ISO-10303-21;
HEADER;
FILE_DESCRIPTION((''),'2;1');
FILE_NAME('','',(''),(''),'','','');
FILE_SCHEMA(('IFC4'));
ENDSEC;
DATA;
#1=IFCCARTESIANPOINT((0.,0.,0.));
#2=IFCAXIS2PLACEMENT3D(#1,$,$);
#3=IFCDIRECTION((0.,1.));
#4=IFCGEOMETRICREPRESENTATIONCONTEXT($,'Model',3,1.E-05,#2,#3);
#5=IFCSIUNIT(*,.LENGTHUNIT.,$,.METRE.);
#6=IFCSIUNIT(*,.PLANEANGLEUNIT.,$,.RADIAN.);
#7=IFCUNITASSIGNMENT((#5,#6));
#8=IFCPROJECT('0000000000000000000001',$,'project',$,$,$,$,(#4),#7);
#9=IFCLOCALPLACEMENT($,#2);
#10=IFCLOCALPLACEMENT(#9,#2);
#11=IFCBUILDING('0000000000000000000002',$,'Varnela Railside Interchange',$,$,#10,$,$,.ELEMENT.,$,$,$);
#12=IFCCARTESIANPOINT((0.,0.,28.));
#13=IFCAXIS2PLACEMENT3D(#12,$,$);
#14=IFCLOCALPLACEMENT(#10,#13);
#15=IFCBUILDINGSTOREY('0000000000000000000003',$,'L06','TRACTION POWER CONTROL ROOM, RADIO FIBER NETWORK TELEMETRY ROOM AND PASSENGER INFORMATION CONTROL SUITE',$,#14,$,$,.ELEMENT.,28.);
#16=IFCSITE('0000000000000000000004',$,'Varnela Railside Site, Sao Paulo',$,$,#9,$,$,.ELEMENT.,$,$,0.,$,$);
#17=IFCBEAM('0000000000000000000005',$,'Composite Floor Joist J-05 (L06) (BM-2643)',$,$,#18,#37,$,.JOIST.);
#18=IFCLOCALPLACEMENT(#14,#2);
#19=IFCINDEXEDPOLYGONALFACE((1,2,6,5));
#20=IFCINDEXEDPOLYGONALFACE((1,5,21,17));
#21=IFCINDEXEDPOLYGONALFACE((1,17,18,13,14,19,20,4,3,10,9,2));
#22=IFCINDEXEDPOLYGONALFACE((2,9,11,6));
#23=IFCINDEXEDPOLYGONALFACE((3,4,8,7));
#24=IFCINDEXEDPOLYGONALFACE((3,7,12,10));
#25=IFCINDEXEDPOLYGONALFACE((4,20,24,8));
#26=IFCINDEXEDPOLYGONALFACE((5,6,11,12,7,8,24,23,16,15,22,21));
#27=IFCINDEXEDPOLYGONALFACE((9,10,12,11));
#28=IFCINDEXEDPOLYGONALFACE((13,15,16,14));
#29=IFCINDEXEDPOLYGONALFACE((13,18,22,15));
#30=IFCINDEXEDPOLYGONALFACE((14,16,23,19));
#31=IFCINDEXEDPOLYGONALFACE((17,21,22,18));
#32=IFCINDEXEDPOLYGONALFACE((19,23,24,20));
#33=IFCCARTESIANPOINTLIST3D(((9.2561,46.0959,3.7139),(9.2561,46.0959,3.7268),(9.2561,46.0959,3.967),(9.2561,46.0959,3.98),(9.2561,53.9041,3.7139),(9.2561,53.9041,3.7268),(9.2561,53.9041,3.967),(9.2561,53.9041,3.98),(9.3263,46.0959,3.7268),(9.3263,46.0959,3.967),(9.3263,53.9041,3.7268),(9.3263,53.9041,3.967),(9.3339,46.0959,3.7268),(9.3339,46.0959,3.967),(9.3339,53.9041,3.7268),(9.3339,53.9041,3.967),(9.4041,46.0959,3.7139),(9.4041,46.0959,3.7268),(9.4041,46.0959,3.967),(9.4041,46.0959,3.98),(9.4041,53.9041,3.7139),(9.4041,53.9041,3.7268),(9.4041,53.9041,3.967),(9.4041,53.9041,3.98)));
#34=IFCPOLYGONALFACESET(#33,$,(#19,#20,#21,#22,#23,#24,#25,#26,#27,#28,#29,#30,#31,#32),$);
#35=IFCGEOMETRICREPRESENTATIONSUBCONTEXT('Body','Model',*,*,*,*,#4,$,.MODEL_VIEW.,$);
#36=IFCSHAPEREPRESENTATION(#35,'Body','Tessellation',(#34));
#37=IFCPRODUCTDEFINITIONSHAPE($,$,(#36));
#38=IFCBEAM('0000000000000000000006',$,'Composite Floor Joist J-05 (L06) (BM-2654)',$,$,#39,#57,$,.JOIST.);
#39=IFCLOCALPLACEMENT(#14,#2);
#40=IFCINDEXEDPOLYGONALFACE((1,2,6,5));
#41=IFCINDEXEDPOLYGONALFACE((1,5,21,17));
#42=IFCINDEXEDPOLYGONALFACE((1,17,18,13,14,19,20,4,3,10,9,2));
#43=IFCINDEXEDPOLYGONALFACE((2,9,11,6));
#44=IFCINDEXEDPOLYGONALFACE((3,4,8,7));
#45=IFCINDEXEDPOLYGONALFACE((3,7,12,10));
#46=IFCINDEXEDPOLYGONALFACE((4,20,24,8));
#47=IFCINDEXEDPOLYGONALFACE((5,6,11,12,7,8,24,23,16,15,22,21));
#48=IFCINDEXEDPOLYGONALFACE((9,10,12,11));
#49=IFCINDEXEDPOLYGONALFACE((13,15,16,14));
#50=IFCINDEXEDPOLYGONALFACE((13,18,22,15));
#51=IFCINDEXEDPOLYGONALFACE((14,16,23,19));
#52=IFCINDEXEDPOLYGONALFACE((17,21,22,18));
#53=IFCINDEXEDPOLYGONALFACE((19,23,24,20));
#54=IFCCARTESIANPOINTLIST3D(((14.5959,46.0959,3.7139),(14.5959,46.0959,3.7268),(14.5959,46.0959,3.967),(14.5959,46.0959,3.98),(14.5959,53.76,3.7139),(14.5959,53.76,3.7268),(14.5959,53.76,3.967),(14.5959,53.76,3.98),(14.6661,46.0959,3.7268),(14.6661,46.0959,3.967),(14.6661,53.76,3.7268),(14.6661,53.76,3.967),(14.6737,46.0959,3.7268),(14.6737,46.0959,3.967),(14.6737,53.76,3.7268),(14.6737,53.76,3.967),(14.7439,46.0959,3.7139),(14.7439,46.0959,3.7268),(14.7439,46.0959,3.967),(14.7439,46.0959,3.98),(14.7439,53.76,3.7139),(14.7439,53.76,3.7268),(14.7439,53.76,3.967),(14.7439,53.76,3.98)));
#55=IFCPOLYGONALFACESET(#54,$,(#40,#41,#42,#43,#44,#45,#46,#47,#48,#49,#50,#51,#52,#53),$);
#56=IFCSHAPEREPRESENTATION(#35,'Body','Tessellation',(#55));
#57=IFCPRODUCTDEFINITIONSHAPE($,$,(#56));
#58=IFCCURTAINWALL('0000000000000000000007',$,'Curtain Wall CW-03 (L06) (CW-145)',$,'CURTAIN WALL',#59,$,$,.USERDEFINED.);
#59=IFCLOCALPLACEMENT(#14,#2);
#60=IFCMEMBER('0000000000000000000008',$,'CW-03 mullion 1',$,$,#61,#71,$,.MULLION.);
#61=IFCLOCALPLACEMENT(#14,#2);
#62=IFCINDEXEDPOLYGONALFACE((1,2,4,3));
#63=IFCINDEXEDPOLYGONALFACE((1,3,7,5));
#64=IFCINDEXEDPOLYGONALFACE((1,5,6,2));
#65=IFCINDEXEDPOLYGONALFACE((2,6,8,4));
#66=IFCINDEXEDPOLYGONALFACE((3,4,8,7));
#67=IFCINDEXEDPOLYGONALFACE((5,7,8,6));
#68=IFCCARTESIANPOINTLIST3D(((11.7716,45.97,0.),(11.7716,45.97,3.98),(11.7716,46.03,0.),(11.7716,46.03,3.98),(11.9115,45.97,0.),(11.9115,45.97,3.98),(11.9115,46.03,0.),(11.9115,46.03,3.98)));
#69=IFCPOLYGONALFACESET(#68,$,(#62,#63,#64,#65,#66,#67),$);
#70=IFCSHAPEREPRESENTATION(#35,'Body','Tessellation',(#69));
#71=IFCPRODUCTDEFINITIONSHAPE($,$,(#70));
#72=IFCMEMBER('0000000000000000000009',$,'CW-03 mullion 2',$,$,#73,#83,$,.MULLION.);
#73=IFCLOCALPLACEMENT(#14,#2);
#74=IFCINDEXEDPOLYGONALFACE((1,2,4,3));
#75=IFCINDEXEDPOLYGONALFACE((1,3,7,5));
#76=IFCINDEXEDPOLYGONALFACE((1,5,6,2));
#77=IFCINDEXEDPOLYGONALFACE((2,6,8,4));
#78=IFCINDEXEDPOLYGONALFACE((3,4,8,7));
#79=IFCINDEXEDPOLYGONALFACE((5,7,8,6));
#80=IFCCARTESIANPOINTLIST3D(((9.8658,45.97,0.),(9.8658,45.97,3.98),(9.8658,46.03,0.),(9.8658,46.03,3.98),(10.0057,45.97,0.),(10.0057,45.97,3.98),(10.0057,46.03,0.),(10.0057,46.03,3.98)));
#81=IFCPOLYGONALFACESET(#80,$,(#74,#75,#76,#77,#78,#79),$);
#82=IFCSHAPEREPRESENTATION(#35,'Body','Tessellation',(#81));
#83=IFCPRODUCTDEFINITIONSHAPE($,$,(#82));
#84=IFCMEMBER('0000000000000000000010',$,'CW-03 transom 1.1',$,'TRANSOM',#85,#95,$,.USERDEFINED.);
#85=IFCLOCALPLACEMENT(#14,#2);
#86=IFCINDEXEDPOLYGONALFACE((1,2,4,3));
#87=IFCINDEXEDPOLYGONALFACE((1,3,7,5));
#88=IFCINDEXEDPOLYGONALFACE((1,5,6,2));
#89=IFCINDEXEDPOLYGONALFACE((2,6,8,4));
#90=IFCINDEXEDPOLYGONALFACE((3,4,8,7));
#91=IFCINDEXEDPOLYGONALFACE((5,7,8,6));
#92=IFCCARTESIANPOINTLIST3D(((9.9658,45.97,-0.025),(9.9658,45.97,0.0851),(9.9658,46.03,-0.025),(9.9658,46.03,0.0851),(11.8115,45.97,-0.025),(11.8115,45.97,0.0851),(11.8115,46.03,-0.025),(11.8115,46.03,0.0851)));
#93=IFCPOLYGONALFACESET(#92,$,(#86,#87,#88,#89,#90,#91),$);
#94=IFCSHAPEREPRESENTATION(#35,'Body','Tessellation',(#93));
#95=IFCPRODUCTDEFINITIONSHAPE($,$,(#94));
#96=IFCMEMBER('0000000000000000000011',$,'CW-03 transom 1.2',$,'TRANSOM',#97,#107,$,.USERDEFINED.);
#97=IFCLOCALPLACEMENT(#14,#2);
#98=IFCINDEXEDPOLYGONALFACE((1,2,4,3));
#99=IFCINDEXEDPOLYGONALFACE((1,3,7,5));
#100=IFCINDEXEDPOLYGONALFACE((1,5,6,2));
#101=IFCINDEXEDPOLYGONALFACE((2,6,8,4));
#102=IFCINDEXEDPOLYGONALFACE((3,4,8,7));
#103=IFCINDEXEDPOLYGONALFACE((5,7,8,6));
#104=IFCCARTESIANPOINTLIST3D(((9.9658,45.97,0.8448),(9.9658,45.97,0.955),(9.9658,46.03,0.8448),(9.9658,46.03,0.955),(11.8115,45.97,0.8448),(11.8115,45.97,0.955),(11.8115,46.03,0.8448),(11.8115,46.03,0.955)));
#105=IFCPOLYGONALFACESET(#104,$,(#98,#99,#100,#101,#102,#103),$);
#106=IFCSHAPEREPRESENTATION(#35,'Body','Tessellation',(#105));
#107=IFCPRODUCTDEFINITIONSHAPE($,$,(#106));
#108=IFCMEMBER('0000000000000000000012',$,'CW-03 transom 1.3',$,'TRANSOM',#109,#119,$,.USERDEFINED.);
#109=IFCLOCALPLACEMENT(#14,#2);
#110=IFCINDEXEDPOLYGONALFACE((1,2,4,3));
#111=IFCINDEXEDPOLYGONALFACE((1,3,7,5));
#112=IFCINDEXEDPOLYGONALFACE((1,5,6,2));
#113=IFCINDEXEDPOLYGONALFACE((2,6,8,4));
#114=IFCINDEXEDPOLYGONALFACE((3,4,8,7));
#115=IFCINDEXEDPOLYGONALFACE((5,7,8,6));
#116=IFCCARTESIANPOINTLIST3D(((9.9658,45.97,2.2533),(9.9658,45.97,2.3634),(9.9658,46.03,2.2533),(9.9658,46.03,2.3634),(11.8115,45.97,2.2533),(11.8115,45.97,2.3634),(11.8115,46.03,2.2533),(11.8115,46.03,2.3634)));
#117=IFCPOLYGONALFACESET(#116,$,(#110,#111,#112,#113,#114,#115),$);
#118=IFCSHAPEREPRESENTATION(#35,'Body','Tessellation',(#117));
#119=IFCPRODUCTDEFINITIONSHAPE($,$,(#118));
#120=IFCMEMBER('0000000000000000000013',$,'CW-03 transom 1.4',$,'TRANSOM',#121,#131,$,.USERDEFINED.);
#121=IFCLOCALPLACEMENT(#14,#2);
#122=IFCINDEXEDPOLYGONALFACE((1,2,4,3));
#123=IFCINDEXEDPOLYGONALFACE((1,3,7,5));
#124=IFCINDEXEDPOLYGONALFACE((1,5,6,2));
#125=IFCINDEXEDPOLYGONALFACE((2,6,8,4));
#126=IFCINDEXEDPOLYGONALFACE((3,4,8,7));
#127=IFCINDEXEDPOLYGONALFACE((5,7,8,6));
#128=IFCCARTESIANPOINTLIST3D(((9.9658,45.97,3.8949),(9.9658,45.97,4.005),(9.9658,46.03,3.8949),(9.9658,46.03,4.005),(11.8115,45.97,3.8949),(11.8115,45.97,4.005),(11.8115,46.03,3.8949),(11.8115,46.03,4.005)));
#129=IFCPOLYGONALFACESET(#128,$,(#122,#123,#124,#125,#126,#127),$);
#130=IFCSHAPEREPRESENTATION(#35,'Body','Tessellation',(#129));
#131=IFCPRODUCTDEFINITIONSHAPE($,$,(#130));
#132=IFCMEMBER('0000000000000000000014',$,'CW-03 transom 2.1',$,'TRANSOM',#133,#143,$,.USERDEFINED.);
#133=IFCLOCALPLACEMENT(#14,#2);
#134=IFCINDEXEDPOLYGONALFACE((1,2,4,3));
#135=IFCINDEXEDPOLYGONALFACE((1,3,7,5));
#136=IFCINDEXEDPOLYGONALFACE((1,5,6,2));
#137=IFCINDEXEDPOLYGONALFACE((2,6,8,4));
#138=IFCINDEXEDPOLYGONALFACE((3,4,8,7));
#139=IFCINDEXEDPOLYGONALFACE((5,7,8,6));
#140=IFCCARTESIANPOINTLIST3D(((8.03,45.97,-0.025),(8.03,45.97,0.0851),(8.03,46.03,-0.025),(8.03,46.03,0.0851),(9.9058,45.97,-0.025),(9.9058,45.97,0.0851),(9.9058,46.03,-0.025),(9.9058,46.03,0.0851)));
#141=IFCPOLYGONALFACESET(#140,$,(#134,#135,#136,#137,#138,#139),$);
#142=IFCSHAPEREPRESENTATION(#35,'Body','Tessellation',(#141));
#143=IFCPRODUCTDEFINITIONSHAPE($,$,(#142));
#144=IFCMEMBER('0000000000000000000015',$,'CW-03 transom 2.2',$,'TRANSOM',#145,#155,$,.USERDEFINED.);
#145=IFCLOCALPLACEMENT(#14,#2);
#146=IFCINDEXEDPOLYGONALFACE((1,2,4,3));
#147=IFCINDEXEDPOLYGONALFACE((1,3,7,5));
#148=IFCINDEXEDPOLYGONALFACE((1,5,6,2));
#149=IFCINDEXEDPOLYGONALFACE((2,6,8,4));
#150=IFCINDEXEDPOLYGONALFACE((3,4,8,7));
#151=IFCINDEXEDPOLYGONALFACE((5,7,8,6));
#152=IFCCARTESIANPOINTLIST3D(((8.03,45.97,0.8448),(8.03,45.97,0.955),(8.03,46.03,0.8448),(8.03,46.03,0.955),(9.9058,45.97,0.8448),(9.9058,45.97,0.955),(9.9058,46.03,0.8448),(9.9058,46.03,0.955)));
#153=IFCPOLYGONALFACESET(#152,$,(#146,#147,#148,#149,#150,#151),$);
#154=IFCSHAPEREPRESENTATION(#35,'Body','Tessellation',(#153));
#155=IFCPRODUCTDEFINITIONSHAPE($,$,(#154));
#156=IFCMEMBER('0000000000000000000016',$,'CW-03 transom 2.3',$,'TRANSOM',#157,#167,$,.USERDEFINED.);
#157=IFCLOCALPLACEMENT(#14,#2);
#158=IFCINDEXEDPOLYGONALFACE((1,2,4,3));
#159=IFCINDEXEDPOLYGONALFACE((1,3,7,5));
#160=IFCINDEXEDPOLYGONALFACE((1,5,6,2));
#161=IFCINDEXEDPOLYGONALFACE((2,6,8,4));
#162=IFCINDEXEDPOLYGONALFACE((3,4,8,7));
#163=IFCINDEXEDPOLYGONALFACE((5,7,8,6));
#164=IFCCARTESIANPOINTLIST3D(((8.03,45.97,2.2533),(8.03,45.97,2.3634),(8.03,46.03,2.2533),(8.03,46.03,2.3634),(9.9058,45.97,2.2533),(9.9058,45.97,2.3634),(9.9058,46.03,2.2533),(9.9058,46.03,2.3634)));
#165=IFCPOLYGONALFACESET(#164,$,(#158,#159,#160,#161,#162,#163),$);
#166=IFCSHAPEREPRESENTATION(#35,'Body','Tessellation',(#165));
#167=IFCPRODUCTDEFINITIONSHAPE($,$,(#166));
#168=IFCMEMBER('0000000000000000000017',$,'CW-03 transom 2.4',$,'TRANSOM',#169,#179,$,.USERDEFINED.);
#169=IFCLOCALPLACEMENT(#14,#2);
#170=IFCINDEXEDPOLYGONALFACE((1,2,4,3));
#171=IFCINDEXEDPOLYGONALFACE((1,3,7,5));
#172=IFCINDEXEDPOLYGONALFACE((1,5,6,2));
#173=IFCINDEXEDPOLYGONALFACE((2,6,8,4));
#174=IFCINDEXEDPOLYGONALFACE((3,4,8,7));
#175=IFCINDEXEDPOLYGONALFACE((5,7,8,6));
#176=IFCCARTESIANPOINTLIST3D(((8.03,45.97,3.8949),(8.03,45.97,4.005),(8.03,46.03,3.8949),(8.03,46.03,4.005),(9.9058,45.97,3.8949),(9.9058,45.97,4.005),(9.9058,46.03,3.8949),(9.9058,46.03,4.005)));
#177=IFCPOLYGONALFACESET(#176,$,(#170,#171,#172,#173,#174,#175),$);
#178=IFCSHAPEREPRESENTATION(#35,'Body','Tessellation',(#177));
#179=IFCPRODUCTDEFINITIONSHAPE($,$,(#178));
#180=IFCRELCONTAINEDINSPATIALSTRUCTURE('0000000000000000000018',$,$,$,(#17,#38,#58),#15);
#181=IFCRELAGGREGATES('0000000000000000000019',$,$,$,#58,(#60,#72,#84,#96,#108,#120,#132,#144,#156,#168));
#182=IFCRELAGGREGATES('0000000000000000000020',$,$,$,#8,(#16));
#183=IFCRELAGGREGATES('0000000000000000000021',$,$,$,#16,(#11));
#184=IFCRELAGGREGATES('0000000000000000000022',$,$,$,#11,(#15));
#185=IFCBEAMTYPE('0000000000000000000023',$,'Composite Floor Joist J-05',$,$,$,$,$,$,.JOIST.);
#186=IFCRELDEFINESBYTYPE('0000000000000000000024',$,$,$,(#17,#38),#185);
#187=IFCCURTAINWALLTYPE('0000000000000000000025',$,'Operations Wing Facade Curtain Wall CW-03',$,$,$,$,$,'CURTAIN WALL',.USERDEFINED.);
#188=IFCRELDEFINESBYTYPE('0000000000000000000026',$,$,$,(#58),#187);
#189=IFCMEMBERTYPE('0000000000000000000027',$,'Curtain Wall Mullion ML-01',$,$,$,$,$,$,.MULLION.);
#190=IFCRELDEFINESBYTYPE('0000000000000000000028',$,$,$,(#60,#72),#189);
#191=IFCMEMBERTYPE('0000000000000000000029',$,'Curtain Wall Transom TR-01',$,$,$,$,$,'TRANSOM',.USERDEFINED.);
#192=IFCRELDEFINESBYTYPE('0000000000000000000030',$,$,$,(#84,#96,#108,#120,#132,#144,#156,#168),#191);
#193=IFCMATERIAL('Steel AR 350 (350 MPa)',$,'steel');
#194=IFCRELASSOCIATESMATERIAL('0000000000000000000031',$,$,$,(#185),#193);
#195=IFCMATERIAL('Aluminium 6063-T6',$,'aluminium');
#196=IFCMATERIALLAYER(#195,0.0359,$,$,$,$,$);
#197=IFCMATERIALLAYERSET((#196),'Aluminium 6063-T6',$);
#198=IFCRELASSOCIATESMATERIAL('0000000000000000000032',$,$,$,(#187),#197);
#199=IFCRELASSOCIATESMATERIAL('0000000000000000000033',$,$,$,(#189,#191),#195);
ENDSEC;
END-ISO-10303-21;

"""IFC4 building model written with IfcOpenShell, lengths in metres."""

from ifc_helpers import new_model, si_unit, direction, frame, origin, origin_2d, place, context, subcontext, project, spatial, rectangle, i_section, extrude, material, layer, layer_set, material_profile, profile_set, type_object, element, aggregate, save


model = new_model("IFC4")

# Units and contexts
model_context = context("Model", 3, precision=1e-05, world=origin(), true_north=direction((0.0, 1.0)))
body_context = subcontext(model_context, "Body", "Model", "MODEL_VIEW")
ifc_project = project(units=[si_unit("LENGTHUNIT", "METRE"), si_unit("PLANEANGLEUNIT", "RADIAN")], contexts=[model_context])

# Site, building, storey
site_placement = place(None, origin())
site = spatial("IfcSite", under=ifc_project, at=site_placement, Name="Varnela Railside Site, Sao Paulo", CompositionType="ELEMENT", RefElevation=0.0)
building_placement = place(site_placement, origin())
building = spatial("IfcBuilding", under=site, at=building_placement, Name="Varnela Railside Interchange", CompositionType="ELEMENT")
storey_placement = place(building_placement, frame((0.0, 0.0, 28.0)))
storey = spatial("IfcBuildingStorey", under=building, at=storey_placement, Name="L06", Description="TRACTION POWER CONTROL ROOM, RADIO FIBER NETWORK TELEMETRY ROOM AND PASSENGER INFORMATION CONTROL SUITE", CompositionType="ELEMENT", Elevation=28.0)

# Beams
ifc_material_1 = material(Name="Steel AR 350 (350 MPa)", Category="steel")
ifc_material_profile_1 = material_profile(ifc_material_1, i_section(OverallWidth=0.1479, OverallDepth=0.2661, WebThickness=0.0076, FlangeThickness=0.0129, at=origin_2d()), Name="W250x44.8")
ifc_profile_set_1 = profile_set([ifc_material_profile_1], Name="Steel AR 350 (350 MPa)")
beam_type_1 = type_object("IfcBeamType", Name="Composite Floor Joist J-05", PredefinedType="JOIST", material=ifc_profile_set_1)
beam_1_placement = place(storey_placement, frame((9.3301, 46.0959, 3.8469), z_axis=(0.0, 1.0, 0.0), x_axis=(-1.0, 0.0, 0.0)))
element("IfcBeam", 1, at=beam_1_placement, inside=storey, type_object=beam_type_1, Name="Composite Floor Joist J-05 (L06) (BM-2643)", PredefinedType="JOIST", context=body_context, shape_type="SweptSolid", body=[
    extrude(i_section(OverallWidth=0.1479, OverallDepth=0.2661, WebThickness=0.0076, FlangeThickness=0.0129, at=origin_2d()), origin(), (0.0, 0.0, 1.0), 7.8081),
])
beam_2_placement = place(storey_placement, frame((14.6699, 46.0959, 3.8469), z_axis=(0.0, 1.0, 0.0), x_axis=(-1.0, 0.0, 0.0)))
element("IfcBeam", 2, at=beam_2_placement, inside=storey, type_object=beam_type_1, Name="Composite Floor Joist J-05 (L06) (BM-2654)", PredefinedType="JOIST", context=body_context, shape_type="SweptSolid", body=[
    extrude(i_section(OverallWidth=0.1479, OverallDepth=0.2661, WebThickness=0.0076, FlangeThickness=0.0129, at=origin_2d()), origin(), (0.0, 0.0, 1.0), 7.6641),
])

# Curtain wall, members
ifc_material_2 = material(Name="Aluminium 6063-T6", Category="aluminium")
ifc_layer_1 = layer(ifc_material_2, 0.0359)
ifc_layer_set_1 = layer_set([ifc_layer_1], Name="Aluminium 6063-T6")
curtain_wall_type = type_object("IfcCurtainWallType", Name="Operations Wing Facade Curtain Wall CW-03", ElementType="CURTAIN WALL", PredefinedType="USERDEFINED", material=ifc_layer_set_1)
curtain_wall_placement = place(storey_placement, origin())
curtain_wall = element("IfcCurtainWall", 3, at=curtain_wall_placement, inside=storey, type_object=curtain_wall_type, Name="Curtain Wall CW-03 (L06) (CW-145)", ObjectType="CURTAIN WALL", PredefinedType="USERDEFINED")
ifc_material_profile_2 = material_profile(ifc_material_2, rectangle(XDim=0.0601, YDim=0.1399, at=origin_2d()), Name="ALU 60x140")
ifc_profile_set_2 = profile_set([ifc_material_profile_2], Name="Aluminium 6063-T6")
member_type_1 = type_object("IfcMemberType", Name="Curtain Wall Mullion ML-01", PredefinedType="MULLION", material=ifc_profile_set_2)
member_1_placement = place(storey_placement, frame((11.8416, 46.0, 0.0), z_axis=(0.0, 0.0, 1.0), x_axis=(0.0, -1.0, 0.0)))
member_1 = element("IfcMember", 4, at=member_1_placement, type_object=member_type_1, Name="CW-03 mullion 1", PredefinedType="MULLION", context=body_context, shape_type="SweptSolid", body=[
    extrude(rectangle(XDim=0.0601, YDim=0.1399, at=origin_2d()), origin(), (0.0, 0.0, 1.0), 3.98),
])
member_2_placement = place(storey_placement, frame((9.9358, 46.0, 0.0), z_axis=(0.0, 0.0, 1.0), x_axis=(0.0, -1.0, 0.0)))
member_2 = element("IfcMember", 5, at=member_2_placement, type_object=member_type_1, Name="CW-03 mullion 2", PredefinedType="MULLION", context=body_context, shape_type="SweptSolid", body=[
    extrude(rectangle(XDim=0.0601, YDim=0.1399, at=origin_2d()), origin(), (0.0, 0.0, 1.0), 3.98),
])
ifc_material_profile_3 = material_profile(ifc_material_2, rectangle(XDim=0.0601, YDim=0.1101, at=origin_2d()), Name="ALU 60x110")
ifc_profile_set_3 = profile_set([ifc_material_profile_3], Name="Aluminium 6063-T6")
member_type_2 = type_object("IfcMemberType", Name="Curtain Wall Transom TR-01", ElementType="TRANSOM", PredefinedType="USERDEFINED", material=ifc_profile_set_3)
member_3_placement = place(storey_placement, frame((11.8115, 46.0, 0.03), z_axis=(-1.0, 0.0, 0.0), x_axis=(0.0, -1.0, 0.0)))
member_3 = element("IfcMember", 6, at=member_3_placement, type_object=member_type_2, Name="CW-03 transom 1.1", ObjectType="TRANSOM", PredefinedType="USERDEFINED", context=body_context, shape_type="SweptSolid", body=[
    extrude(rectangle(XDim=0.0601, YDim=0.1101, at=origin_2d()), origin(), (0.0, 0.0, 1.0), 1.8457),
])
member_4_placement = place(storey_placement, frame((11.8115, 46.0, 0.8999), z_axis=(-1.0, 0.0, 0.0), x_axis=(0.0, -1.0, 0.0)))
member_4 = element("IfcMember", 7, at=member_4_placement, type_object=member_type_2, Name="CW-03 transom 1.2", ObjectType="TRANSOM", PredefinedType="USERDEFINED", context=body_context, shape_type="SweptSolid", body=[
    extrude(rectangle(XDim=0.0601, YDim=0.1101, at=origin_2d()), origin(), (0.0, 0.0, 1.0), 1.8457),
])
member_5_placement = place(storey_placement, frame((11.8115, 46.0, 2.3083), z_axis=(-1.0, 0.0, 0.0), x_axis=(0.0, -1.0, 0.0)))
member_5 = element("IfcMember", 8, at=member_5_placement, type_object=member_type_2, Name="CW-03 transom 1.3", ObjectType="TRANSOM", PredefinedType="USERDEFINED", context=body_context, shape_type="SweptSolid", body=[
    extrude(rectangle(XDim=0.0601, YDim=0.1101, at=origin_2d()), origin(), (0.0, 0.0, 1.0), 1.8457),
])
member_6_placement = place(storey_placement, frame((11.8115, 46.0, 3.95), z_axis=(-1.0, 0.0, 0.0), x_axis=(0.0, -1.0, 0.0)))
member_6 = element("IfcMember", 9, at=member_6_placement, type_object=member_type_2, Name="CW-03 transom 1.4", ObjectType="TRANSOM", PredefinedType="USERDEFINED", context=body_context, shape_type="SweptSolid", body=[
    extrude(rectangle(XDim=0.0601, YDim=0.1101, at=origin_2d()), origin(), (0.0, 0.0, 1.0), 1.8457),
])
member_7_placement = place(storey_placement, frame((9.9058, 46.0, 0.03), z_axis=(-1.0, 0.0, 0.0), x_axis=(0.0, -1.0, 0.0)))
member_7 = element("IfcMember", 10, at=member_7_placement, type_object=member_type_2, Name="CW-03 transom 2.1", ObjectType="TRANSOM", PredefinedType="USERDEFINED", context=body_context, shape_type="SweptSolid", body=[
    extrude(rectangle(XDim=0.0601, YDim=0.1101, at=origin_2d()), origin(), (0.0, 0.0, 1.0), 1.8757),
])
member_8_placement = place(storey_placement, frame((9.9058, 46.0, 0.8999), z_axis=(-1.0, 0.0, 0.0), x_axis=(0.0, -1.0, 0.0)))
member_8 = element("IfcMember", 11, at=member_8_placement, type_object=member_type_2, Name="CW-03 transom 2.2", ObjectType="TRANSOM", PredefinedType="USERDEFINED", context=body_context, shape_type="SweptSolid", body=[
    extrude(rectangle(XDim=0.0601, YDim=0.1101, at=origin_2d()), origin(), (0.0, 0.0, 1.0), 1.8757),
])
member_9_placement = place(storey_placement, frame((9.9058, 46.0, 2.3083), z_axis=(-1.0, 0.0, 0.0), x_axis=(0.0, -1.0, 0.0)))
member_9 = element("IfcMember", 12, at=member_9_placement, type_object=member_type_2, Name="CW-03 transom 2.3", ObjectType="TRANSOM", PredefinedType="USERDEFINED", context=body_context, shape_type="SweptSolid", body=[
    extrude(rectangle(XDim=0.0601, YDim=0.1101, at=origin_2d()), origin(), (0.0, 0.0, 1.0), 1.8757),
])
member_10_placement = place(storey_placement, frame((9.9058, 46.0, 3.95), z_axis=(-1.0, 0.0, 0.0), x_axis=(0.0, -1.0, 0.0)))
member_10 = element("IfcMember", 13, at=member_10_placement, type_object=member_type_2, Name="CW-03 transom 2.4", ObjectType="TRANSOM", PredefinedType="USERDEFINED", context=body_context, shape_type="SweptSolid", body=[
    extrude(rectangle(XDim=0.0601, YDim=0.1101, at=origin_2d()), origin(), (0.0, 0.0, 1.0), 1.8757),
])

aggregate(curtain_wall, [member_1, member_2, member_3, member_4, member_5, member_6, member_7, member_8, member_9, member_10])

save(model, "model.ifc")
